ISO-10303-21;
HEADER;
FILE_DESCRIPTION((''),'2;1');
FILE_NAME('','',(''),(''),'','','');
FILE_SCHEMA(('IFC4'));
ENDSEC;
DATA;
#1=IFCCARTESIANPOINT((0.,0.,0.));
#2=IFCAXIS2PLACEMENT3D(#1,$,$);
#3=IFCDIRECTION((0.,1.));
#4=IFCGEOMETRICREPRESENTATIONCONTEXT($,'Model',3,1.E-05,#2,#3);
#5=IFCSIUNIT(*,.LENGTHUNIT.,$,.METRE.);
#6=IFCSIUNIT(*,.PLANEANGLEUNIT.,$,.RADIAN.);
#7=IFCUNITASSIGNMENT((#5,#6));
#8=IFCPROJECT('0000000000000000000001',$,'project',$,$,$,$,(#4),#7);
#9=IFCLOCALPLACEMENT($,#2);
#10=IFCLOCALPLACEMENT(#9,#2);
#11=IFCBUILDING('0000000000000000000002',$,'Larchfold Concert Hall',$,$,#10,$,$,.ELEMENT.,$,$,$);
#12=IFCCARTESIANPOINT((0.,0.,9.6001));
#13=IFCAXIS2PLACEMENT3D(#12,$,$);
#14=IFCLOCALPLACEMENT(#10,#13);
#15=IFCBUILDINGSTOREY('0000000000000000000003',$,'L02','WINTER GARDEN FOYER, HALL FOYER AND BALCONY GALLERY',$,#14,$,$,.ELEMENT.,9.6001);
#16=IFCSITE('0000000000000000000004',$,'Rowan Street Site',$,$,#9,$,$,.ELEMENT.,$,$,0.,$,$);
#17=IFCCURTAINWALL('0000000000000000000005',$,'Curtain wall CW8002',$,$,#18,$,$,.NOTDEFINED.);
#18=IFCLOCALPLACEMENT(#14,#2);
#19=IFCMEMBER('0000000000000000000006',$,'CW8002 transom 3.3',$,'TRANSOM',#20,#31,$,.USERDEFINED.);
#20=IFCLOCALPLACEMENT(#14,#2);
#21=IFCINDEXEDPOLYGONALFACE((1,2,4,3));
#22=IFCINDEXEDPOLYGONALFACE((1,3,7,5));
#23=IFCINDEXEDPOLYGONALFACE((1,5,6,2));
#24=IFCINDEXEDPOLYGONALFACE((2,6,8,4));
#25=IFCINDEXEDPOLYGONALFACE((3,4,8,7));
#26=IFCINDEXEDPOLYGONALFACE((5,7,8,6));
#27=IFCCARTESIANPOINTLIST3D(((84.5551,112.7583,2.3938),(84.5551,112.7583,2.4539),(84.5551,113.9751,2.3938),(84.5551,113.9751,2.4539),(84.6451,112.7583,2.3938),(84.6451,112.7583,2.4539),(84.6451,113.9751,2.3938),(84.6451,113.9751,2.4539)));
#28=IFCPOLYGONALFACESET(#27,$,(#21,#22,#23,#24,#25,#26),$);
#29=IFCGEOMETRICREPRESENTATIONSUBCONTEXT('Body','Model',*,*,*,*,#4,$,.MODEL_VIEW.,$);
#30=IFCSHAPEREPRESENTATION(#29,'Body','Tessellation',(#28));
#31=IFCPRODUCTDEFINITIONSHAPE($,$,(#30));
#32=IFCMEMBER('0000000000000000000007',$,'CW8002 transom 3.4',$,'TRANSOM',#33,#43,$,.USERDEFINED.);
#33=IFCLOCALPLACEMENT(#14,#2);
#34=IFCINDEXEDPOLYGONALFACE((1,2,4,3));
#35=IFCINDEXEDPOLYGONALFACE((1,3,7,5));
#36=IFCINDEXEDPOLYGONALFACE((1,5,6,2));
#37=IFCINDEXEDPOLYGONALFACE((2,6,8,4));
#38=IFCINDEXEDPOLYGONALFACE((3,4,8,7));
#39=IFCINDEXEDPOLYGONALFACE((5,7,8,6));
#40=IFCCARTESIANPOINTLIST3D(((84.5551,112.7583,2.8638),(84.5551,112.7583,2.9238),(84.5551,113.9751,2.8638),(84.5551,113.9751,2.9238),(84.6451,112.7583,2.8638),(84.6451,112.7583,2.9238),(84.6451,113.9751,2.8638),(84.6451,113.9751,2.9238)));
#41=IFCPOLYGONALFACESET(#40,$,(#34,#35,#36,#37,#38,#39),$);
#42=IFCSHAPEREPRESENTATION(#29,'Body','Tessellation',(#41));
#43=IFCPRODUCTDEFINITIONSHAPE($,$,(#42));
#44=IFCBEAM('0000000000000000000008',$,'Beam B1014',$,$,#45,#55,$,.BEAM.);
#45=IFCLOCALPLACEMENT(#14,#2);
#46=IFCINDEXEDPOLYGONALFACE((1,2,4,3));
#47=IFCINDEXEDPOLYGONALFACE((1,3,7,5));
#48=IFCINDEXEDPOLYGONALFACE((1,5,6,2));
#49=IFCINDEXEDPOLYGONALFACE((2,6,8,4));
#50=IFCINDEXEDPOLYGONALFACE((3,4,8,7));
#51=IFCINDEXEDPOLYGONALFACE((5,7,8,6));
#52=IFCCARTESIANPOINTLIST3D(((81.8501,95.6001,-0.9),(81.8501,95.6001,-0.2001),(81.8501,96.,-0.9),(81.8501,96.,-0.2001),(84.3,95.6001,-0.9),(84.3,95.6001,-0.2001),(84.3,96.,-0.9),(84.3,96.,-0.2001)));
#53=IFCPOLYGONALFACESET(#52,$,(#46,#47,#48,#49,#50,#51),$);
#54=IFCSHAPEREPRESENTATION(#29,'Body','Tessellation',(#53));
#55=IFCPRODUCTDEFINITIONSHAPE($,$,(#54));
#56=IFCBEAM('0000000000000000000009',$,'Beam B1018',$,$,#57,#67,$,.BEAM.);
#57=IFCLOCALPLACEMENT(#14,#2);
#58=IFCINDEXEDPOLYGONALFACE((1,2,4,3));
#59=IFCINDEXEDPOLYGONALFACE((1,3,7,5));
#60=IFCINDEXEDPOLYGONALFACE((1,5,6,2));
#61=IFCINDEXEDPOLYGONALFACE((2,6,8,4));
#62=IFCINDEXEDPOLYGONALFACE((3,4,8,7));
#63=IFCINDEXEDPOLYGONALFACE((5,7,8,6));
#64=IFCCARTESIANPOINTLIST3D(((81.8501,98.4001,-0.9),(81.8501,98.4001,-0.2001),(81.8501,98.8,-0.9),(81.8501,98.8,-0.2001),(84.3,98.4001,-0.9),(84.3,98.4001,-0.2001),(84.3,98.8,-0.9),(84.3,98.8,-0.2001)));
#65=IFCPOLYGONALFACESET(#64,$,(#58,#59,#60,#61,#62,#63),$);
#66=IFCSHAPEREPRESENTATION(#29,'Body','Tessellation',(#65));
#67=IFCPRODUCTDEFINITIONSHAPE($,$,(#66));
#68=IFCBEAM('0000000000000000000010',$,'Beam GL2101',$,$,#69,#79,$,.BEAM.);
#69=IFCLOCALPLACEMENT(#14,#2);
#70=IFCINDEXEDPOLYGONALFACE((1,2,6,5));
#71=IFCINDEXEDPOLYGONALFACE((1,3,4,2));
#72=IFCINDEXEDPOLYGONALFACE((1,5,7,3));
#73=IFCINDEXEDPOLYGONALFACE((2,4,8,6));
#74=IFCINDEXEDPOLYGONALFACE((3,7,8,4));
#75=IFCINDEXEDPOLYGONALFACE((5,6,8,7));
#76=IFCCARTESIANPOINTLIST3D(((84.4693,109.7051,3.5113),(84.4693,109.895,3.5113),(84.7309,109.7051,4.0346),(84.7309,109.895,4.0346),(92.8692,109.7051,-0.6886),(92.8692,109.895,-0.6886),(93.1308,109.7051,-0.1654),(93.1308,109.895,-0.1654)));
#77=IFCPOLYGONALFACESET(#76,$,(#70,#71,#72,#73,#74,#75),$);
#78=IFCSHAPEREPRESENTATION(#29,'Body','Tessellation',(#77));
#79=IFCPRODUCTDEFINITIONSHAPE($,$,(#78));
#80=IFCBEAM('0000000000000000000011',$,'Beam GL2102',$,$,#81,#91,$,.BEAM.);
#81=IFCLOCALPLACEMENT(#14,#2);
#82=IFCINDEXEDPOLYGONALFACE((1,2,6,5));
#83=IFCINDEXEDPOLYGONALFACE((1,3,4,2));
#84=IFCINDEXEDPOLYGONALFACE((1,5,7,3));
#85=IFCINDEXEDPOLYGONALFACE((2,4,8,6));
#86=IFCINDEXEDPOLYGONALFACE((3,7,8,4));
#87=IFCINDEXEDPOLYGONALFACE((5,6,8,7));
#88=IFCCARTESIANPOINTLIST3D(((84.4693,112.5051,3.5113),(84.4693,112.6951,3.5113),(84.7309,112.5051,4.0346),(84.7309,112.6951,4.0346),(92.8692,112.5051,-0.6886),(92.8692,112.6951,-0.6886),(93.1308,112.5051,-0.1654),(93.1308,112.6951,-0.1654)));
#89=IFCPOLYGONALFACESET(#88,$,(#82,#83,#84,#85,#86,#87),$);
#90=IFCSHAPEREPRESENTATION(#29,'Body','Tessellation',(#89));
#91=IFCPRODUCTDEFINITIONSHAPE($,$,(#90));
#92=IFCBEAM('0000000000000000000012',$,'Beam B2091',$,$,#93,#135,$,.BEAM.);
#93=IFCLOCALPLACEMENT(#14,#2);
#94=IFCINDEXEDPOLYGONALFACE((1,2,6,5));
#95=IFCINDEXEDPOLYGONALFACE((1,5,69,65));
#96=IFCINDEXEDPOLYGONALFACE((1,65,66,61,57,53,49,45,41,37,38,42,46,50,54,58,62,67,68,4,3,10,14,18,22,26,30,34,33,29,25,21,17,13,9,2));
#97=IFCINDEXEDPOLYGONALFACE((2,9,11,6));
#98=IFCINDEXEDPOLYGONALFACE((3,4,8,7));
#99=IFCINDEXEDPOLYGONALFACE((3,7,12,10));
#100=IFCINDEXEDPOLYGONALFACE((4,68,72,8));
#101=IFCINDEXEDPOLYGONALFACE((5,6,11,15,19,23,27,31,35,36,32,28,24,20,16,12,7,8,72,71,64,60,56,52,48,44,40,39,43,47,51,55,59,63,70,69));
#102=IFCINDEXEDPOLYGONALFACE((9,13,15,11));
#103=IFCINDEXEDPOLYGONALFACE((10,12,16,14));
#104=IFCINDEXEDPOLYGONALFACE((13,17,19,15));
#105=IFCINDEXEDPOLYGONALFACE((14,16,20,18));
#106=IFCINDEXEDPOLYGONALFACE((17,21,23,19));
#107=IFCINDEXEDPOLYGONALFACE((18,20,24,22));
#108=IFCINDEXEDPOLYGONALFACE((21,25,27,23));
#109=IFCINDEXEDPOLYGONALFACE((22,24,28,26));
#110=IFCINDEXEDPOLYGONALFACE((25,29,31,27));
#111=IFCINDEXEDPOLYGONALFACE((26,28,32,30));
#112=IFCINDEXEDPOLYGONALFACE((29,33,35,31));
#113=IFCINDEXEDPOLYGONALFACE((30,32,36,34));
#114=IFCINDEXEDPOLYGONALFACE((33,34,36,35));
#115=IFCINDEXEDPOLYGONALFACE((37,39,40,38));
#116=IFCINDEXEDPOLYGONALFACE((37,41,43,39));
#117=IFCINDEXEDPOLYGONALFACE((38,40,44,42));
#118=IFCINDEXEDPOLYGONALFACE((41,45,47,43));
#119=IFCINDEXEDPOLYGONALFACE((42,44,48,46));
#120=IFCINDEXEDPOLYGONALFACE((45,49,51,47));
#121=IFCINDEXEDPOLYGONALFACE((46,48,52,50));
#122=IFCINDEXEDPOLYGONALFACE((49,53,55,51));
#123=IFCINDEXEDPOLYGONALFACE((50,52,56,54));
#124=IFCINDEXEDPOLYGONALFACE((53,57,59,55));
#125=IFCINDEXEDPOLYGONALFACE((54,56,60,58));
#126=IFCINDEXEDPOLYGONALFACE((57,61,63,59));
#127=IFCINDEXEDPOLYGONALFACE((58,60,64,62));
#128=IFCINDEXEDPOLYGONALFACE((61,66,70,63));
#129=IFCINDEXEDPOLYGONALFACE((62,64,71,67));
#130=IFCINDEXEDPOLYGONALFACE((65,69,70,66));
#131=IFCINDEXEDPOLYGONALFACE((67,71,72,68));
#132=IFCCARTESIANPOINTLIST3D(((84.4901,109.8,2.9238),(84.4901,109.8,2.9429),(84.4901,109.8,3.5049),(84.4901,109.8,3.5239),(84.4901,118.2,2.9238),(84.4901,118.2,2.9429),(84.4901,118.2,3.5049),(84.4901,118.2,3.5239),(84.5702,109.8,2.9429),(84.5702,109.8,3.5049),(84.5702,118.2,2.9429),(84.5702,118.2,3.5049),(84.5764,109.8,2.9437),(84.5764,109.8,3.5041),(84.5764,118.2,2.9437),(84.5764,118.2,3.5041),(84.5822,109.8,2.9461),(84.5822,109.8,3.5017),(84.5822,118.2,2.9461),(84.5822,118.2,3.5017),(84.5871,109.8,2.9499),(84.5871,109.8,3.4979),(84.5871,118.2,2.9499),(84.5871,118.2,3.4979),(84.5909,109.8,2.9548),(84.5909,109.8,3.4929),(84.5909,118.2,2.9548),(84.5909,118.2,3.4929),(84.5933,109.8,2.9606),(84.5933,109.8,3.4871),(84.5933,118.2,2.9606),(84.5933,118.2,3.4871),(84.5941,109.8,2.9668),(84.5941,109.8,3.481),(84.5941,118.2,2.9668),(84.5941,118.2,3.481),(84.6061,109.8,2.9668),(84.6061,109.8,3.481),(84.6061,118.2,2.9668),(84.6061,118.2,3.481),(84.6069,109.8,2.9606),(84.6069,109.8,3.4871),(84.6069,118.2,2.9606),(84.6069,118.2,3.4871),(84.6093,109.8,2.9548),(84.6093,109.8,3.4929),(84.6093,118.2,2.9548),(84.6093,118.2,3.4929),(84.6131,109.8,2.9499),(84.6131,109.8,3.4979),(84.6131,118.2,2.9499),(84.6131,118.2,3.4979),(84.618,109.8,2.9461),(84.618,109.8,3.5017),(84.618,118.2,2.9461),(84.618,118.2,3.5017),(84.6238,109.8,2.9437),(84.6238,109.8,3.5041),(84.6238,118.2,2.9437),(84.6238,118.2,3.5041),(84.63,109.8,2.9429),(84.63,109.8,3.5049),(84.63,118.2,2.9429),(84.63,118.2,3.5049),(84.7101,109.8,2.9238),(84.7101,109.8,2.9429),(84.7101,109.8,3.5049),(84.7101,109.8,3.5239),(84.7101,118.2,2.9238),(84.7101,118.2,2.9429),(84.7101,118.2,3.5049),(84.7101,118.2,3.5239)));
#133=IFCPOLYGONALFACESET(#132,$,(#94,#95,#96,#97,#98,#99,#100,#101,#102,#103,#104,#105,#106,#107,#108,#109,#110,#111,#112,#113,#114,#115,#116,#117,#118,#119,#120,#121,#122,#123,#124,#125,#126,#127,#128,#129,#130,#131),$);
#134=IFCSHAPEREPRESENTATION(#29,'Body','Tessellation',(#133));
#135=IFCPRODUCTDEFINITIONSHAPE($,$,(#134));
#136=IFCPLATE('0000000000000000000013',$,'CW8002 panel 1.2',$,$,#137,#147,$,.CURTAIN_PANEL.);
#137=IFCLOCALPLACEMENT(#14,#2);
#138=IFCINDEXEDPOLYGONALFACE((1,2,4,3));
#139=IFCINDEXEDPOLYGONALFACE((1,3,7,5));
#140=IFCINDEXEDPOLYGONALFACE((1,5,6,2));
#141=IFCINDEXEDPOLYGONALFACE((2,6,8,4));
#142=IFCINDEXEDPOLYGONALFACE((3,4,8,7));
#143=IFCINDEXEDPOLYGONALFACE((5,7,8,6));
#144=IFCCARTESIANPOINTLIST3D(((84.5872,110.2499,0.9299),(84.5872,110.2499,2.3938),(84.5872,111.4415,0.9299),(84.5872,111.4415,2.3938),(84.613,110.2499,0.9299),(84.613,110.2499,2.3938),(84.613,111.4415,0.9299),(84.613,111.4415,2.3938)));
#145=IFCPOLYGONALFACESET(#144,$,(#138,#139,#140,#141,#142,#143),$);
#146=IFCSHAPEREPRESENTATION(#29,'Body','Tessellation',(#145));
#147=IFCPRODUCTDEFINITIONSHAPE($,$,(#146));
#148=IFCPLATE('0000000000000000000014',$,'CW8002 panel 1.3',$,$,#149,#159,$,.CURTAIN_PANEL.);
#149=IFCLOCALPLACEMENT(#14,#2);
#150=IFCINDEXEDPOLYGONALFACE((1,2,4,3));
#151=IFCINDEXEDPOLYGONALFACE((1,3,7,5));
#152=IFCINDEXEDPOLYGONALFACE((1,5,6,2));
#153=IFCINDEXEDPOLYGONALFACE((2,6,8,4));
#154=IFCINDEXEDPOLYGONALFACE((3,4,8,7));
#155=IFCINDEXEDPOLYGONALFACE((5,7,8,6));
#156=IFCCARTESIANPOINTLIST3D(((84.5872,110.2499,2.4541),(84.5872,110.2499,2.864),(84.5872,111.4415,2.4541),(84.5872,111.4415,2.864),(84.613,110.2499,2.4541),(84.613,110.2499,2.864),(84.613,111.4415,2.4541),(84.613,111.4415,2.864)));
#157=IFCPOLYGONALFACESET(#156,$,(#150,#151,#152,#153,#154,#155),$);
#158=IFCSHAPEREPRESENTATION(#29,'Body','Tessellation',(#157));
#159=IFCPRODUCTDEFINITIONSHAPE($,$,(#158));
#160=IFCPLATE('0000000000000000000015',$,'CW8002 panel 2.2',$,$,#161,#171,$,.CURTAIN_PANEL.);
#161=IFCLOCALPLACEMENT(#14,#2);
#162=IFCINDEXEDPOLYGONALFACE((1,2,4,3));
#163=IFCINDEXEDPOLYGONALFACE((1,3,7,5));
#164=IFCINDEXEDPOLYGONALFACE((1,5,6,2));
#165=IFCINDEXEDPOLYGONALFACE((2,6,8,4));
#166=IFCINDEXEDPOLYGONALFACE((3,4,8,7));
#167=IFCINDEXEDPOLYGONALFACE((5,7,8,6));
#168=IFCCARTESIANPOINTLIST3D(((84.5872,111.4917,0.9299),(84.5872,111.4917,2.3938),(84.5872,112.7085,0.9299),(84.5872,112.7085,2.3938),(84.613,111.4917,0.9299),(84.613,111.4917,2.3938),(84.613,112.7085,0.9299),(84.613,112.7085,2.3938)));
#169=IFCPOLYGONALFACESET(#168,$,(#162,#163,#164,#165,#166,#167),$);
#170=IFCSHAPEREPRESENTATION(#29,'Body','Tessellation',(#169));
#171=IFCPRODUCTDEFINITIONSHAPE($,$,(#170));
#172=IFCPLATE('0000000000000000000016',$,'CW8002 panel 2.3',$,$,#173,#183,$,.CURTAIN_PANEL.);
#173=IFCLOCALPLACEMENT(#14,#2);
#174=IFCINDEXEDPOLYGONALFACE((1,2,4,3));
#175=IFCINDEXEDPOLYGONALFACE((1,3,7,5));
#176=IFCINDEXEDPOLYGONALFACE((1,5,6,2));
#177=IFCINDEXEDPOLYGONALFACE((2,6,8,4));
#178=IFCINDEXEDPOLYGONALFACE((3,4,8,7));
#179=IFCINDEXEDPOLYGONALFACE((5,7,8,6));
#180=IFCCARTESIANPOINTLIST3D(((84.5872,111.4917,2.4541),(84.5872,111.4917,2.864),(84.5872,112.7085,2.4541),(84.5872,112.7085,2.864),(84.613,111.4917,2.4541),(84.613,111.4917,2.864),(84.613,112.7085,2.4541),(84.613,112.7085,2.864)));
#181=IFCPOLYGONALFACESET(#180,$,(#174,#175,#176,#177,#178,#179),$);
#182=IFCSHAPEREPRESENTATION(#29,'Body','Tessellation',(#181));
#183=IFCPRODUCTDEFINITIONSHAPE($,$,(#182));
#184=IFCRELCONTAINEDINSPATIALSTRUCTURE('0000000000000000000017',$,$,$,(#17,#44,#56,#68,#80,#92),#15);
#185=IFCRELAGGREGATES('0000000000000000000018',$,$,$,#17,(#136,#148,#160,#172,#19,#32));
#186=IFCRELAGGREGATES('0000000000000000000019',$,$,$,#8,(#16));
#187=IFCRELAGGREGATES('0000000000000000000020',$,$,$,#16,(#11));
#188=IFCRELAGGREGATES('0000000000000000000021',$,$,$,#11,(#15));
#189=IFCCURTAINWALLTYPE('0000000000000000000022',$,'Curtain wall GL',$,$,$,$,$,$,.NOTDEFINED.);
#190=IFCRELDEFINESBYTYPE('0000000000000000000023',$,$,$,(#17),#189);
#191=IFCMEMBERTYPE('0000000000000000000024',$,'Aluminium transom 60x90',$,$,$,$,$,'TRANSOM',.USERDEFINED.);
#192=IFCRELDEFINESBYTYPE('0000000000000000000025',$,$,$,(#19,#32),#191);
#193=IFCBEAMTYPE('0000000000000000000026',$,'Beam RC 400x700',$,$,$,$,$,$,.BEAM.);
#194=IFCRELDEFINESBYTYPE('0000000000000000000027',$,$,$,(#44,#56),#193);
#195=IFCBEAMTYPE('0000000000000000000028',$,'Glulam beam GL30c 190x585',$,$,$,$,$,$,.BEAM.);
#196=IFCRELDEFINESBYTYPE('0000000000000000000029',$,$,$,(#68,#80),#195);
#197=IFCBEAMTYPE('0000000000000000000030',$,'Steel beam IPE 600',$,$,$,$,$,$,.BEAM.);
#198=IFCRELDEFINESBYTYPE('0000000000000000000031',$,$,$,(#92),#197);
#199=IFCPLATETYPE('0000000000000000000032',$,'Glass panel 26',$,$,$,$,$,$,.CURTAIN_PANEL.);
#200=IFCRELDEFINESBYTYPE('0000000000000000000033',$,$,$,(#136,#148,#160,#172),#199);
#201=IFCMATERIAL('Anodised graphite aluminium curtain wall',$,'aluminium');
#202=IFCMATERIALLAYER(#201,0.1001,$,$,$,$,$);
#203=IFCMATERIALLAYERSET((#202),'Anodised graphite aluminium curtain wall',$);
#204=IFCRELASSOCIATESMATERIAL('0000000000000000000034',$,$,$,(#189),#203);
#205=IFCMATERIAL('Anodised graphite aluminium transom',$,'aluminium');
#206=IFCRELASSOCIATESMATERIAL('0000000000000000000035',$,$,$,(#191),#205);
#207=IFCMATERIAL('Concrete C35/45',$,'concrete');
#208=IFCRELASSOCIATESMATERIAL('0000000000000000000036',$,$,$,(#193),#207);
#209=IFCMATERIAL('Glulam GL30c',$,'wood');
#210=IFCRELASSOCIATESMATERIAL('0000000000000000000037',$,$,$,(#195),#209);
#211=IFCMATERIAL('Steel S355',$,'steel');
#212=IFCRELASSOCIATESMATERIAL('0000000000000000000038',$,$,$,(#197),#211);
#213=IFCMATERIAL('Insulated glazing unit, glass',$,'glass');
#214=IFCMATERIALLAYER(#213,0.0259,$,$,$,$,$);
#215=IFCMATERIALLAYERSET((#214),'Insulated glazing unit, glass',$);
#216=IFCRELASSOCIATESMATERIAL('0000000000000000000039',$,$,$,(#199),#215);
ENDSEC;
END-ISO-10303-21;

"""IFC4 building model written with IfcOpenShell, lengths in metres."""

from ifc_helpers import new_model, si_unit, direction, frame, origin, origin_2d, place, context, subcontext, project, spatial, rectangle, i_section, extrude, material, layer, layer_set, material_profile, profile_set, type_object, element, aggregate, save


model = new_model("IFC4")

# Units and contexts
model_context = context("Model", 3, precision=1e-05, world=origin(), true_north=direction((0.0, 1.0)))
body_context = subcontext(model_context, "Body", "Model", "MODEL_VIEW")
ifc_project = project(units=[si_unit("LENGTHUNIT", "METRE"), si_unit("PLANEANGLEUNIT", "RADIAN")], contexts=[model_context])

# Site, building, storey
site_placement = place(None, origin())
site = spatial("IfcSite", under=ifc_project, at=site_placement, Name="Rowan Street Site", CompositionType="ELEMENT", RefElevation=0.0)
building_placement = place(site_placement, origin())
building = spatial("IfcBuilding", under=site, at=building_placement, Name="Larchfold Concert Hall", CompositionType="ELEMENT")
storey_placement = place(building_placement, frame((0.0, 0.0, 9.6001)))
storey = spatial("IfcBuildingStorey", under=building, at=storey_placement, Name="L02", Description="WINTER GARDEN FOYER, HALL FOYER AND BALCONY GALLERY", CompositionType="ELEMENT", Elevation=9.6001)

# Curtain wall, members
ifc_material_1 = material(Name="Anodised graphite aluminium curtain wall", Category="aluminium")
ifc_layer_1 = layer(ifc_material_1, 0.1001)
ifc_layer_set_1 = layer_set([ifc_layer_1], Name="Anodised graphite aluminium curtain wall")
curtain_wall_type = type_object("IfcCurtainWallType", Name="Curtain wall GL", PredefinedType="NOTDEFINED", material=ifc_layer_set_1)
curtain_wall_placement = place(storey_placement, origin())
curtain_wall = element("IfcCurtainWall", 1, at=curtain_wall_placement, inside=storey, type_object=curtain_wall_type, Name="Curtain wall CW8002", PredefinedType="NOTDEFINED")
ifc_material_2 = material(Name="Anodised graphite aluminium transom", Category="aluminium")
ifc_material_profile_1 = material_profile(ifc_material_2, rectangle(XDim=0.0901, YDim=0.0601, at=origin_2d()))
ifc_profile_set_1 = profile_set([ifc_material_profile_1], Name="Anodised graphite aluminium transom")
member_type_1 = type_object("IfcMemberType", Name="Aluminium transom 60x90", ElementType="TRANSOM", PredefinedType="USERDEFINED", material=ifc_profile_set_1)
member_1_placement = place(storey_placement, frame((84.6001, 112.7583, 2.4238), z_axis=(0.0, 1.0, 0.0), x_axis=(-1.0, 0.0, 0.0)))
member_1 = element("IfcMember", 2, at=member_1_placement, type_object=member_type_1, Name="CW8002 transom 3.3", ObjectType="TRANSOM", PredefinedType="USERDEFINED", context=body_context, shape_type="SweptSolid", body=[
    extrude(rectangle(XDim=0.0901, YDim=0.0601, at=origin_2d()), origin(), (0.0, 0.0, 1.0), 1.2168),
])
member_2_placement = place(storey_placement, frame((84.6001, 112.7583, 2.8938), z_axis=(0.0, 1.0, 0.0), x_axis=(-1.0, 0.0, 0.0)))
member_2 = element("IfcMember", 3, at=member_2_placement, type_object=member_type_1, Name="CW8002 transom 3.4", ObjectType="TRANSOM", PredefinedType="USERDEFINED", context=body_context, shape_type="SweptSolid", body=[
    extrude(rectangle(XDim=0.0901, YDim=0.0601, at=origin_2d()), origin(), (0.0, 0.0, 1.0), 1.2168),
])

# Beams
ifc_material_3 = material(Name="Concrete C35/45", Category="concrete")
ifc_material_profile_2 = material_profile(ifc_material_3, rectangle(XDim=0.3999, YDim=0.7, at=origin_2d()))
ifc_profile_set_2 = profile_set([ifc_material_profile_2], Name="Concrete C35/45")
beam_type_1 = type_object("IfcBeamType", Name="Beam RC 400x700", PredefinedType="BEAM", material=ifc_profile_set_2)
for number, where, z_axis, x_axis, name in (
    (4, (81.8501, 95.8, -0.55), (1.0, 0.0, 0.0), (0.0, 1.0, 0.0), "Beam B1014"),
    (5, (81.8501, 98.6001, -0.55), (1.0, 0.0, 0.0), (0.0, 1.0, 0.0), "Beam B1018"),
):
    element("IfcBeam", number, at=place(storey_placement, frame(where, z_axis=z_axis, x_axis=x_axis)), inside=storey, type_object=beam_type_1, Name=name, PredefinedType="BEAM", context=body_context, shape_type="SweptSolid", body=[
        extrude(rectangle(XDim=0.3999, YDim=0.7, at=origin_2d()), origin(), (0.0, 0.0, 1.0), 2.45),
    ])
ifc_material_4 = material(Name="Glulam GL30c", Category="wood")
ifc_material_profile_3 = material_profile(ifc_material_4, rectangle(XDim=0.1899, YDim=0.585, at=origin_2d()))
ifc_profile_set_3 = profile_set([ifc_material_profile_3], Name="Glulam GL30c")
beam_type_2 = type_object("IfcBeamType", Name="Glulam beam GL30c 190x585", PredefinedType="BEAM", material=ifc_profile_set_3)
for number, where, z_axis, x_axis, name in (
    (6, (84.6001, 109.8, 3.7729), (0.894427, 0.0, -0.447214), (0.0, 1.0, 0.0), "Beam GL2101"),
    (7, (84.6001, 112.6001, 3.7729), (0.894427, 0.0, -0.447214), (0.0, 1.0, 0.0), "Beam GL2102"),
):
    element("IfcBeam", number, at=place(storey_placement, frame(where, z_axis=z_axis, x_axis=x_axis)), inside=storey, type_object=beam_type_2, Name=name, PredefinedType="BEAM", context=body_context, shape_type="SweptSolid", body=[
        extrude(rectangle(XDim=0.1899, YDim=0.585, at=origin_2d()), origin(), (0.0, 0.0, 1.0), 9.3914),
    ])
ifc_material_5 = material(Name="Steel S355", Category="steel")
ifc_material_profile_4 = material_profile(ifc_material_5, i_section(OverallWidth=0.22, OverallDepth=0.6001, WebThickness=0.012, FlangeThickness=0.019, FilletRadius=0.0239, at=origin_2d()))
ifc_profile_set_4 = profile_set([ifc_material_profile_4], Name="Steel S355")
beam_type_3 = type_object("IfcBeamType", Name="Steel beam IPE 600", PredefinedType="BEAM", material=ifc_profile_set_4)
beam_placement = place(storey_placement, frame((84.6001, 109.8, 3.2239), z_axis=(0.0, 1.0, 0.0), x_axis=(-1.0, 0.0, 0.0)))
element("IfcBeam", 8, at=beam_placement, inside=storey, type_object=beam_type_3, Name="Beam B2091", PredefinedType="BEAM", context=body_context, shape_type="SweptSolid", body=[
    extrude(i_section(OverallWidth=0.22, OverallDepth=0.6001, WebThickness=0.012, FlangeThickness=0.019, FilletRadius=0.0239, at=origin_2d()), origin(), (0.0, 0.0, 1.0), 8.3999),
])

# Plates
ifc_material_6 = material(Name="Insulated glazing unit, glass", Category="glass")
ifc_layer_2 = layer(ifc_material_6, 0.0259)
ifc_layer_set_2 = layer_set([ifc_layer_2], Name="Insulated glazing unit, glass")
plate_type_1 = type_object("IfcPlateType", Name="Glass panel 26", PredefinedType="CURTAIN_PANEL", material=ifc_layer_set_2)
plate_1_placement = place(storey_placement, frame((84.6001, 110.8457, 0.9299), z_axis=(0.0, 0.0, 1.0), x_axis=(0.0, 1.0, 0.0)))
plate_1 = element("IfcPlate", 9, at=plate_1_placement, type_object=plate_type_1, Name="CW8002 panel 1.2", PredefinedType="CURTAIN_PANEL", context=body_context, shape_type="SweptSolid", body=[
    extrude(rectangle(XDim=1.1917, YDim=0.0259, at=origin_2d()), origin(), (0.0, 0.0, 1.0), 1.4639),
])
plate_2_placement = place(storey_placement, frame((84.6001, 110.8457, 2.4541), z_axis=(0.0, 0.0, 1.0), x_axis=(0.0, 1.0, 0.0)))
plate_2 = element("IfcPlate", 10, at=plate_2_placement, type_object=plate_type_1, Name="CW8002 panel 1.3", PredefinedType="CURTAIN_PANEL", context=body_context, shape_type="SweptSolid", body=[
    extrude(rectangle(XDim=1.1917, YDim=0.0259, at=origin_2d()), origin(), (0.0, 0.0, 1.0), 0.4099),
])
plate_3_placement = place(storey_placement, frame((84.6001, 112.1001, 0.9299), z_axis=(0.0, 0.0, 1.0), x_axis=(0.0, 1.0, 0.0)))
plate_3 = element("IfcPlate", 11, at=plate_3_placement, type_object=plate_type_1, Name="CW8002 panel 2.2", PredefinedType="CURTAIN_PANEL", context=body_context, shape_type="SweptSolid", body=[
    extrude(rectangle(XDim=1.2168, YDim=0.0259, at=origin_2d()), origin(), (0.0, 0.0, 1.0), 1.4639),
])
plate_4_placement = place(storey_placement, frame((84.6001, 112.1001, 2.4541), z_axis=(0.0, 0.0, 1.0), x_axis=(0.0, 1.0, 0.0)))
plate_4 = element("IfcPlate", 12, at=plate_4_placement, type_object=plate_type_1, Name="CW8002 panel 2.3", PredefinedType="CURTAIN_PANEL", context=body_context, shape_type="SweptSolid", body=[
    extrude(rectangle(XDim=1.2168, YDim=0.0259, at=origin_2d()), origin(), (0.0, 0.0, 1.0), 0.4099),
])
aggregate(curtain_wall, [plate_1, plate_2, plate_3, plate_4, member_1, member_2])

save(model, "model.ifc")
